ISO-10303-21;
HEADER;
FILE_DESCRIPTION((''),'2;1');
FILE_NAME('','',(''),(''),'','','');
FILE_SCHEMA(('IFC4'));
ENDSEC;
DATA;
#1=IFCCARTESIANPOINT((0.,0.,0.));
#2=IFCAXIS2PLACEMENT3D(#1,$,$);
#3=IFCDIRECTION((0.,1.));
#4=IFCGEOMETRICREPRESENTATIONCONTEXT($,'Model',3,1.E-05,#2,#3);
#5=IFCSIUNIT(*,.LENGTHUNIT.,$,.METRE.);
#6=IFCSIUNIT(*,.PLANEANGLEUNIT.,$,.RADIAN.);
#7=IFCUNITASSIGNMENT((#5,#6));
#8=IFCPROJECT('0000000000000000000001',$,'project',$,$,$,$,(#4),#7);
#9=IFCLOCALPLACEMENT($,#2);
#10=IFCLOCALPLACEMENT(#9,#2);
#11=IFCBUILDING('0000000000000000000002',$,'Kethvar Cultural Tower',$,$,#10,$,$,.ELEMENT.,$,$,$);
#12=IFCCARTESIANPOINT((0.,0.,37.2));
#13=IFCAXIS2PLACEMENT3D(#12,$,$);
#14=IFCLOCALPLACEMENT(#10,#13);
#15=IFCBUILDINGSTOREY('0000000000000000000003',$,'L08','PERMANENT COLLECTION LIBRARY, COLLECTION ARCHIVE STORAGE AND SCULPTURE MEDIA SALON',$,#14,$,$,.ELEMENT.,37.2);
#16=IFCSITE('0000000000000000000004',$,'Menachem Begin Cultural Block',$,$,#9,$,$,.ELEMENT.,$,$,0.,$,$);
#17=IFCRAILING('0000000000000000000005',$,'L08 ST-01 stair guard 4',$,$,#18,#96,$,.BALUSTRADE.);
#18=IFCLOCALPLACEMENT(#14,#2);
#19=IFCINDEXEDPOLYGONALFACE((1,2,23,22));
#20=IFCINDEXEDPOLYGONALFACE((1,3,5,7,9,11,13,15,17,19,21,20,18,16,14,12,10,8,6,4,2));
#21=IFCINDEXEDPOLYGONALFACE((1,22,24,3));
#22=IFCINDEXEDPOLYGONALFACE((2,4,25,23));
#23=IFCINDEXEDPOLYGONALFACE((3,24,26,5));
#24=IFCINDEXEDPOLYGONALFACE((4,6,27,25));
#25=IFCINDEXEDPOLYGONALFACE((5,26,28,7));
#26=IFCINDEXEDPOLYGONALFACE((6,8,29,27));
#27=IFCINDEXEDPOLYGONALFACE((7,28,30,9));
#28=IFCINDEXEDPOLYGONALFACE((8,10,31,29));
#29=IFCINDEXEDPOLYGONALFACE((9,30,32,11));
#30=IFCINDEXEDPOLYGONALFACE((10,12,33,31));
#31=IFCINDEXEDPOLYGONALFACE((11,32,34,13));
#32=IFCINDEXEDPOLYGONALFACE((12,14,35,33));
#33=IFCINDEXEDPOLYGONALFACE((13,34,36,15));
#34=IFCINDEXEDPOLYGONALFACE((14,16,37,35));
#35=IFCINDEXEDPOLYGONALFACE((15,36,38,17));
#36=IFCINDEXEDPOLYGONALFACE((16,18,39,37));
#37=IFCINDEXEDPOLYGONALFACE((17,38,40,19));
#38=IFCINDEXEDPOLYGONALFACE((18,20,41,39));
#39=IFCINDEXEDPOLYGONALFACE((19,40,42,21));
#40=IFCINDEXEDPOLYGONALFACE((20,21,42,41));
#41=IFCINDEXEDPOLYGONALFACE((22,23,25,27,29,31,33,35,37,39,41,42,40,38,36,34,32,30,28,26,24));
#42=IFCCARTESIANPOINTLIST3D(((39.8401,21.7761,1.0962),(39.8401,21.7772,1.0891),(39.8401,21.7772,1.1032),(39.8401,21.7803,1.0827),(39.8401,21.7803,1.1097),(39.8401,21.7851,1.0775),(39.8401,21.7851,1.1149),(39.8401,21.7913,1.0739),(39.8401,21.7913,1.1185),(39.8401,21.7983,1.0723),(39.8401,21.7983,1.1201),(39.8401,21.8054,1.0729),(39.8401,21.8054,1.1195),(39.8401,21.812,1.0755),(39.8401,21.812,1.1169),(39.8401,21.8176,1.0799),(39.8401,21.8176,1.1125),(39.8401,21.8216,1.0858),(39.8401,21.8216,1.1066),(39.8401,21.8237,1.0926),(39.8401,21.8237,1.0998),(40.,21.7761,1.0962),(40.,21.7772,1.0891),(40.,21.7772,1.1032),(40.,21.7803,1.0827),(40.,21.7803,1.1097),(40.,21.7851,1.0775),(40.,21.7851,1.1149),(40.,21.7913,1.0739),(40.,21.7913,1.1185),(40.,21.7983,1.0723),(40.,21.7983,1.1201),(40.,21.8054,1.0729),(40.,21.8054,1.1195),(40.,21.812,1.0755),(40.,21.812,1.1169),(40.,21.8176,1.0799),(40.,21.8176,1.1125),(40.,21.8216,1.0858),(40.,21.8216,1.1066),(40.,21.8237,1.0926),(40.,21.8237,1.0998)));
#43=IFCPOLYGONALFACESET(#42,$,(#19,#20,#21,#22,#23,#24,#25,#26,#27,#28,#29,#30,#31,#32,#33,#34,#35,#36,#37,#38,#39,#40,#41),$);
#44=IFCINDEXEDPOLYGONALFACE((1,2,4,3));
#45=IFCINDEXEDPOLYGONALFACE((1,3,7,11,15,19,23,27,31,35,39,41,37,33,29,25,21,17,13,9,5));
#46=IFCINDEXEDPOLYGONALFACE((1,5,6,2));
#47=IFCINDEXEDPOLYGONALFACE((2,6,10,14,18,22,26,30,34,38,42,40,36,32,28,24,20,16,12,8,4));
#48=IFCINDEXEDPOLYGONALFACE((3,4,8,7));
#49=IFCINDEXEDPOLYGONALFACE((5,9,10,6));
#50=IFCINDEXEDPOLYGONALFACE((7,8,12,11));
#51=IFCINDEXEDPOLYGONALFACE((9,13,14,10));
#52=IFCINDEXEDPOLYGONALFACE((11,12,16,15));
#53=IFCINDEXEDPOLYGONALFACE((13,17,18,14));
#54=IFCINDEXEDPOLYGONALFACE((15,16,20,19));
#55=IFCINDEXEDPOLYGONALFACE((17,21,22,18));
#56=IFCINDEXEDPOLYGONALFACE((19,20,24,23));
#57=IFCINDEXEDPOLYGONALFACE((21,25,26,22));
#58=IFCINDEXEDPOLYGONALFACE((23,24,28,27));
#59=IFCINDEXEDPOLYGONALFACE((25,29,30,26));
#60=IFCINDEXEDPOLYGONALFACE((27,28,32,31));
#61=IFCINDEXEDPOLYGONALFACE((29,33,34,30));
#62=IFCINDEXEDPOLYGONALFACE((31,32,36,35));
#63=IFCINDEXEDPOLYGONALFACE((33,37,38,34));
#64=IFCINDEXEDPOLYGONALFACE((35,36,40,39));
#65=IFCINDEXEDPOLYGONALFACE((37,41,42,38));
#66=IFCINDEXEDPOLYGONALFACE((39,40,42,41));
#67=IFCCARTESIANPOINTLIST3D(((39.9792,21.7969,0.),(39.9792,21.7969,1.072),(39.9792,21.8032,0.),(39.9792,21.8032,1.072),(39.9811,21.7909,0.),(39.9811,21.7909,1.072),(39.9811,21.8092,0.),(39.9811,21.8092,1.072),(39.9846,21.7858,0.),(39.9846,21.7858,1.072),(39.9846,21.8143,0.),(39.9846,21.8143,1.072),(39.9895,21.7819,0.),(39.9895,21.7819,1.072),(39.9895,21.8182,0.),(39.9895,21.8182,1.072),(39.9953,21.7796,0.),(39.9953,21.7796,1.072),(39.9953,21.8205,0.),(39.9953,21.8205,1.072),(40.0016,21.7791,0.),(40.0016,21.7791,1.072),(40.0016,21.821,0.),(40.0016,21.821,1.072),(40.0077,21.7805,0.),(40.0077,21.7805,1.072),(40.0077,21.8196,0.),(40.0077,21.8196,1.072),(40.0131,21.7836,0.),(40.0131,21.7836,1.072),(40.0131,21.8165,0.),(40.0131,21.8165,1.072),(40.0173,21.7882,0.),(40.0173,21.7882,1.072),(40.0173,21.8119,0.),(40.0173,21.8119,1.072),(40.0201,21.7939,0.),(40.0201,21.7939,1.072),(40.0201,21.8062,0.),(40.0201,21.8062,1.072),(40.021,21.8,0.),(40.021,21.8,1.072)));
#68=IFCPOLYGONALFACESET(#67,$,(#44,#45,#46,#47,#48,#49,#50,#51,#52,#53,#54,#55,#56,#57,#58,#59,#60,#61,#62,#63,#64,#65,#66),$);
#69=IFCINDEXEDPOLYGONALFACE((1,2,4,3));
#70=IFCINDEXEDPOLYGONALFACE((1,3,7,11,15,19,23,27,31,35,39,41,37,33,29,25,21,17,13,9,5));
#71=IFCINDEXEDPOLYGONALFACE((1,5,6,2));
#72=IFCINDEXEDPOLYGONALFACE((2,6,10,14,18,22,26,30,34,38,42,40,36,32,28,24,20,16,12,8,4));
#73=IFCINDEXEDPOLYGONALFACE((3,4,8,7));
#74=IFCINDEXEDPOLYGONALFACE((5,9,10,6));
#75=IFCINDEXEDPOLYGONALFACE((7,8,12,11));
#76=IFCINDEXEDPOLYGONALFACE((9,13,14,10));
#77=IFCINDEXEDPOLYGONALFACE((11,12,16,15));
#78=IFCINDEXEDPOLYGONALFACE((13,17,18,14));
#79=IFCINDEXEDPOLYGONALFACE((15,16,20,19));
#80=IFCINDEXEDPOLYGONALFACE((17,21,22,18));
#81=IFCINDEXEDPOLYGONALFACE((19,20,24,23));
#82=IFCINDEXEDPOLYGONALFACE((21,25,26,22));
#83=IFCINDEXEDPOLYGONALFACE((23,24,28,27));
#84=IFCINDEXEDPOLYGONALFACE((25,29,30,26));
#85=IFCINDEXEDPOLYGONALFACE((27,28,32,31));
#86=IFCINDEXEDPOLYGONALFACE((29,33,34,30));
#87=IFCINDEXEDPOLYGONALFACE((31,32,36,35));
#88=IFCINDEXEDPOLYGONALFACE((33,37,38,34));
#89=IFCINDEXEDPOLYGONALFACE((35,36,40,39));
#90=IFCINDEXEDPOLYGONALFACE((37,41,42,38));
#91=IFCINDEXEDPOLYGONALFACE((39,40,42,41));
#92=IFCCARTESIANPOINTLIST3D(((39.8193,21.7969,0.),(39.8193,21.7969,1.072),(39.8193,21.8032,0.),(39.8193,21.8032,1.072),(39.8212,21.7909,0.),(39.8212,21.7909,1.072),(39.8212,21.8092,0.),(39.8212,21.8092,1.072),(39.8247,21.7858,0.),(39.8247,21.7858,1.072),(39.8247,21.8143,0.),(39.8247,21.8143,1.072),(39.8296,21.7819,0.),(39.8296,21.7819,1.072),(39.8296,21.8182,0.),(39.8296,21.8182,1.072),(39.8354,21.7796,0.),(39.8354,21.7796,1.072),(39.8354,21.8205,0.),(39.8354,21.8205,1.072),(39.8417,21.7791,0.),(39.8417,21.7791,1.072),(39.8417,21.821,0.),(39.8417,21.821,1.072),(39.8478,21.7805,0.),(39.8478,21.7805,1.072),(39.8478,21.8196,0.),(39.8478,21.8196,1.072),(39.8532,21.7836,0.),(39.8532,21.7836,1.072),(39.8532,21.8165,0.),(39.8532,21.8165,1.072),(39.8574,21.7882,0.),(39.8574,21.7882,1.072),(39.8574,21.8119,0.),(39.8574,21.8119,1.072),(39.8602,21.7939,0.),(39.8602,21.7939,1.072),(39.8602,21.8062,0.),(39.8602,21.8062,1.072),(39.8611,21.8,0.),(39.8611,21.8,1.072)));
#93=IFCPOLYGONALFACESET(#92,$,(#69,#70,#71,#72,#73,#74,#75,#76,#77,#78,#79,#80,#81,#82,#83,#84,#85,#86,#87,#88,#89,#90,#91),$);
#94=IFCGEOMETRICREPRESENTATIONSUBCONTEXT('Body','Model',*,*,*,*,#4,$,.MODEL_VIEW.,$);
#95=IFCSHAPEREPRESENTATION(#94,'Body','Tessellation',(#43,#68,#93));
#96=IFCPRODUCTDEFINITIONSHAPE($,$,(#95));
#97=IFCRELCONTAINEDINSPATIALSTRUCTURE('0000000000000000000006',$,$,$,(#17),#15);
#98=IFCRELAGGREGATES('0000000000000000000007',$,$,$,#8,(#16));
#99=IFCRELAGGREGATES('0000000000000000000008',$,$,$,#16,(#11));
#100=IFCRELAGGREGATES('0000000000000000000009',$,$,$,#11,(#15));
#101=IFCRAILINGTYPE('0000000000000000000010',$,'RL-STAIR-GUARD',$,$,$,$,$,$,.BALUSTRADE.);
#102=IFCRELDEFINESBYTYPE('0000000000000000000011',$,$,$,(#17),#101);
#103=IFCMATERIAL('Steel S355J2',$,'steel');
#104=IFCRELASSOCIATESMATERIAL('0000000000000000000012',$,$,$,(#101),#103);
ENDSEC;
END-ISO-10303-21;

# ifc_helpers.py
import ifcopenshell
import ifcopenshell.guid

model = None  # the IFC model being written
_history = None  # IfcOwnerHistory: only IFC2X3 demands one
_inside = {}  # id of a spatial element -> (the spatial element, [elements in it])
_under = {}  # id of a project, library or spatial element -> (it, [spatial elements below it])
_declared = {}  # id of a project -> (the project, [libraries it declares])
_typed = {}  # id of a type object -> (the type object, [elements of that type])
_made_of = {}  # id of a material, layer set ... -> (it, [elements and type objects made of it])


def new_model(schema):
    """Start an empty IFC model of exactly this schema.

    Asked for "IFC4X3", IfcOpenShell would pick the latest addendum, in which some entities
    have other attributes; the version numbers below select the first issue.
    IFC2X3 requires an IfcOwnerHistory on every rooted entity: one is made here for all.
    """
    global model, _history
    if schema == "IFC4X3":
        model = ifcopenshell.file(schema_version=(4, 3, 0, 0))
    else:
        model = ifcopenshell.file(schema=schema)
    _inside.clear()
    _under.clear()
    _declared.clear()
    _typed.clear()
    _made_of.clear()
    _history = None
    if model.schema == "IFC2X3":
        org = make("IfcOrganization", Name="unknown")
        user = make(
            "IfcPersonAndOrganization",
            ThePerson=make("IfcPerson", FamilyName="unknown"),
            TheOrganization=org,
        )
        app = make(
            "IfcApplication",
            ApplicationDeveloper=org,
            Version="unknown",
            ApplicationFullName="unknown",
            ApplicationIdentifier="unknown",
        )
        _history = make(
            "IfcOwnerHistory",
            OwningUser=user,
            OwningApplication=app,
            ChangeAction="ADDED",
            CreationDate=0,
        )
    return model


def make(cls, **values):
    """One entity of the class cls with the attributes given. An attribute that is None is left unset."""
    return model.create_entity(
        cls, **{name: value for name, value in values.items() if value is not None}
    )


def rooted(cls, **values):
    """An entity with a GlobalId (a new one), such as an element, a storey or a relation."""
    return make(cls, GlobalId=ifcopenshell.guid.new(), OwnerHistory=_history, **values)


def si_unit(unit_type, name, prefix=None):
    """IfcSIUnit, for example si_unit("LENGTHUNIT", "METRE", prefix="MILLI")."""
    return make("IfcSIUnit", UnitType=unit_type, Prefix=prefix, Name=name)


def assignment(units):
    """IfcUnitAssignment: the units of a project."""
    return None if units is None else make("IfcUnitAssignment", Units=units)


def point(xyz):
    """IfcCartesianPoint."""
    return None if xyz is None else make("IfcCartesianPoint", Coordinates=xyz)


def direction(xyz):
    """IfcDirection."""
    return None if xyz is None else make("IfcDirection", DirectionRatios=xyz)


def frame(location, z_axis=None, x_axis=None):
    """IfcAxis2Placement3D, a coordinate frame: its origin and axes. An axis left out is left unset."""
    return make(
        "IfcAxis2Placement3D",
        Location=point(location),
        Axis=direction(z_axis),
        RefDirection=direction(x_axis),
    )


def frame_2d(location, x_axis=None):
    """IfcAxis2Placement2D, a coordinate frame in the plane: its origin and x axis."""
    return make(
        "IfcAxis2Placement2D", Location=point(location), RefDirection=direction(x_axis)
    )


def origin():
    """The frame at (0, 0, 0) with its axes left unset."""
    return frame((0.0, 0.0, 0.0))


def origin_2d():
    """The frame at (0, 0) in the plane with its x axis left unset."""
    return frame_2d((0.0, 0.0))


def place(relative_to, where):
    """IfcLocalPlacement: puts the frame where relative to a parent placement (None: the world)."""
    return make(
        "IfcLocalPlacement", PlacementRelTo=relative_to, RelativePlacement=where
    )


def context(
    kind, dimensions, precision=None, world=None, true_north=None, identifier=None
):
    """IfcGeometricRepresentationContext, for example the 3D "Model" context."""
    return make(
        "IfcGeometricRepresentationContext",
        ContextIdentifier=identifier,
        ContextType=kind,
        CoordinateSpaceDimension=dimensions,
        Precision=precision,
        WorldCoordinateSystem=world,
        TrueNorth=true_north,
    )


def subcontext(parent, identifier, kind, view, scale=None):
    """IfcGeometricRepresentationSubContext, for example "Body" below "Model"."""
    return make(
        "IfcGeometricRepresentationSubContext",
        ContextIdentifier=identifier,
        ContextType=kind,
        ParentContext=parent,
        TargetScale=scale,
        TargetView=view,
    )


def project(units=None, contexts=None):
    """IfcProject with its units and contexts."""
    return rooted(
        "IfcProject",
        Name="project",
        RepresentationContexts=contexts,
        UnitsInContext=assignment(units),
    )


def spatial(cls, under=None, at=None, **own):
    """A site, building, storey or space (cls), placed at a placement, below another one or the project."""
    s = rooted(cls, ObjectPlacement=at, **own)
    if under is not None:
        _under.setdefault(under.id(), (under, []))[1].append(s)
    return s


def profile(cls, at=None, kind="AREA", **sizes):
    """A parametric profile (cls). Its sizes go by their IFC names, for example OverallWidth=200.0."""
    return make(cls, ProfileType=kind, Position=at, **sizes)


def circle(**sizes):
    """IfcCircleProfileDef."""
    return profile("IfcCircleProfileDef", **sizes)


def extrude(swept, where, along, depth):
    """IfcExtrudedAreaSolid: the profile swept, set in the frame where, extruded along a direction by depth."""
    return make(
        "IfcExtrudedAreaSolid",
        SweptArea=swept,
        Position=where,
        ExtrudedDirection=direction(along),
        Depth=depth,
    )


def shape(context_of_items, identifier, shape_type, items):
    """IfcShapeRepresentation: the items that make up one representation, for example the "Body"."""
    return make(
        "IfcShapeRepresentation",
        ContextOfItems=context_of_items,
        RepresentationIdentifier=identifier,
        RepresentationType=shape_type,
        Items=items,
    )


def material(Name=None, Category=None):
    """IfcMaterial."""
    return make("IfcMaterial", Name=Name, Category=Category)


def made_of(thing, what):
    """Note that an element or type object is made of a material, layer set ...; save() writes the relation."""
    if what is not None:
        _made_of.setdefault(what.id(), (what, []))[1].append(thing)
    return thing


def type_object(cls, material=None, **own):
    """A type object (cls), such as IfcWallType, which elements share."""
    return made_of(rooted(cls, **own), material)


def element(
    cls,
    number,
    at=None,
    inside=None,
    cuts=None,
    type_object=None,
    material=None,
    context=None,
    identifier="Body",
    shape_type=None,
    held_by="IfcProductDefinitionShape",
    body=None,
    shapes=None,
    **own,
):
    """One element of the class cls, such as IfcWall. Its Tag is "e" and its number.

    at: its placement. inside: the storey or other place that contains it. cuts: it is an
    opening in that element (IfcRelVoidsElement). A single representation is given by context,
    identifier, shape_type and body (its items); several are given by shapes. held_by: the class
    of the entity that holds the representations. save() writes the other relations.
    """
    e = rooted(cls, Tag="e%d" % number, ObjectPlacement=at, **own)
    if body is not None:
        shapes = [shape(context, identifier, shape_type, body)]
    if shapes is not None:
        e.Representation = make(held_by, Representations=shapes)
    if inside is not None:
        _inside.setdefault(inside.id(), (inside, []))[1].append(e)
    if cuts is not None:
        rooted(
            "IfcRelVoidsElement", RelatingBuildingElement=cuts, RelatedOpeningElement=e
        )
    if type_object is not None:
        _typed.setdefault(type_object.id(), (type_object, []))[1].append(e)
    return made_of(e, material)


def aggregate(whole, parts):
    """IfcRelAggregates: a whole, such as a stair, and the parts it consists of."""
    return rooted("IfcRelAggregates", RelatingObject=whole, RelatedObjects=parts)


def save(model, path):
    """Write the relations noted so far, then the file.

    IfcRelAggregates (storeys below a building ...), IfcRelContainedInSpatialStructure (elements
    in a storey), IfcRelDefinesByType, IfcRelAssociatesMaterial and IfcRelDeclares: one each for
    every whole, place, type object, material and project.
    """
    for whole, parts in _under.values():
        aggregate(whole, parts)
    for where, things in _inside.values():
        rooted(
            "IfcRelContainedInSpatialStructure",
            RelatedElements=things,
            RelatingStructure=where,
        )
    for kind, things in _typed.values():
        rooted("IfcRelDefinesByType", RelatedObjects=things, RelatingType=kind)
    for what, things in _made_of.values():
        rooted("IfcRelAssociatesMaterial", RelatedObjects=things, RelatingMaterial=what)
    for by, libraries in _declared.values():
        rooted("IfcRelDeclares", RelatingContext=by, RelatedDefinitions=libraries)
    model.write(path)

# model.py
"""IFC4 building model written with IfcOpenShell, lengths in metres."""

from ifc_helpers import new_model, si_unit, direction, frame, origin, origin_2d, place, context, subcontext, project, spatial, circle, extrude, material, type_object, element, save


model = new_model("IFC4")

# Units and contexts
model_context = context("Model", 3, precision=1e-05, world=origin(), true_north=direction((0.0, 1.0)))
body_context = subcontext(model_context, "Body", "Model", "MODEL_VIEW")
ifc_project = project(units=[si_unit("LENGTHUNIT", "METRE"), si_unit("PLANEANGLEUNIT", "RADIAN")], contexts=[model_context])

# Site, building, storey
site_placement = place(None, origin())
site = spatial("IfcSite", under=ifc_project, at=site_placement, Name="Menachem Begin Cultural Block", CompositionType="ELEMENT", RefElevation=0.0)
building_placement = place(site_placement, origin())
building = spatial("IfcBuilding", under=site, at=building_placement, Name="Kethvar Cultural Tower", CompositionType="ELEMENT")
storey_placement = place(building_placement, frame((0.0, 0.0, 37.2)))
storey = spatial("IfcBuildingStorey", under=building, at=storey_placement, Name="L08", Description="PERMANENT COLLECTION LIBRARY, COLLECTION ARCHIVE STORAGE AND SCULPTURE MEDIA SALON", CompositionType="ELEMENT", Elevation=37.2)

# Shared definitions
ifc_material_1 = material(Name="Steel S355J2", Category="steel")

# Railing
railing_type_1 = type_object("IfcRailingType", Name="RL-STAIR-GUARD", PredefinedType="BALUSTRADE", material=ifc_material_1)
railing_1_placement = place(storey_placement, frame((40.0, 21.8, 0.0)))
element("IfcRailing", 1, at=railing_1_placement, inside=storey, type_object=railing_type_1, Name="L08 ST-01 stair guard 4", PredefinedType="BALUSTRADE", context=body_context, shape_type="SweptSolid", body=[
    extrude(circle(Radius=0.0239, at=origin_2d()), frame((0.0, 0.0, 1.0962), z_axis=(-1.0, 0.0, 0.0), x_axis=(0.0, -1.0, 0.0)), (0.0, 0.0, 1.0), 0.1599),
    extrude(circle(Radius=0.021, at=origin_2d()), origin(), (0.0, 0.0, 1.0), 1.072),
    extrude(circle(Radius=0.021, at=origin_2d()), frame((-0.1599, 0.0, 0.0)), (0.0, 0.0, 1.0), 1.072),
])

save(model, "model.ifc")
